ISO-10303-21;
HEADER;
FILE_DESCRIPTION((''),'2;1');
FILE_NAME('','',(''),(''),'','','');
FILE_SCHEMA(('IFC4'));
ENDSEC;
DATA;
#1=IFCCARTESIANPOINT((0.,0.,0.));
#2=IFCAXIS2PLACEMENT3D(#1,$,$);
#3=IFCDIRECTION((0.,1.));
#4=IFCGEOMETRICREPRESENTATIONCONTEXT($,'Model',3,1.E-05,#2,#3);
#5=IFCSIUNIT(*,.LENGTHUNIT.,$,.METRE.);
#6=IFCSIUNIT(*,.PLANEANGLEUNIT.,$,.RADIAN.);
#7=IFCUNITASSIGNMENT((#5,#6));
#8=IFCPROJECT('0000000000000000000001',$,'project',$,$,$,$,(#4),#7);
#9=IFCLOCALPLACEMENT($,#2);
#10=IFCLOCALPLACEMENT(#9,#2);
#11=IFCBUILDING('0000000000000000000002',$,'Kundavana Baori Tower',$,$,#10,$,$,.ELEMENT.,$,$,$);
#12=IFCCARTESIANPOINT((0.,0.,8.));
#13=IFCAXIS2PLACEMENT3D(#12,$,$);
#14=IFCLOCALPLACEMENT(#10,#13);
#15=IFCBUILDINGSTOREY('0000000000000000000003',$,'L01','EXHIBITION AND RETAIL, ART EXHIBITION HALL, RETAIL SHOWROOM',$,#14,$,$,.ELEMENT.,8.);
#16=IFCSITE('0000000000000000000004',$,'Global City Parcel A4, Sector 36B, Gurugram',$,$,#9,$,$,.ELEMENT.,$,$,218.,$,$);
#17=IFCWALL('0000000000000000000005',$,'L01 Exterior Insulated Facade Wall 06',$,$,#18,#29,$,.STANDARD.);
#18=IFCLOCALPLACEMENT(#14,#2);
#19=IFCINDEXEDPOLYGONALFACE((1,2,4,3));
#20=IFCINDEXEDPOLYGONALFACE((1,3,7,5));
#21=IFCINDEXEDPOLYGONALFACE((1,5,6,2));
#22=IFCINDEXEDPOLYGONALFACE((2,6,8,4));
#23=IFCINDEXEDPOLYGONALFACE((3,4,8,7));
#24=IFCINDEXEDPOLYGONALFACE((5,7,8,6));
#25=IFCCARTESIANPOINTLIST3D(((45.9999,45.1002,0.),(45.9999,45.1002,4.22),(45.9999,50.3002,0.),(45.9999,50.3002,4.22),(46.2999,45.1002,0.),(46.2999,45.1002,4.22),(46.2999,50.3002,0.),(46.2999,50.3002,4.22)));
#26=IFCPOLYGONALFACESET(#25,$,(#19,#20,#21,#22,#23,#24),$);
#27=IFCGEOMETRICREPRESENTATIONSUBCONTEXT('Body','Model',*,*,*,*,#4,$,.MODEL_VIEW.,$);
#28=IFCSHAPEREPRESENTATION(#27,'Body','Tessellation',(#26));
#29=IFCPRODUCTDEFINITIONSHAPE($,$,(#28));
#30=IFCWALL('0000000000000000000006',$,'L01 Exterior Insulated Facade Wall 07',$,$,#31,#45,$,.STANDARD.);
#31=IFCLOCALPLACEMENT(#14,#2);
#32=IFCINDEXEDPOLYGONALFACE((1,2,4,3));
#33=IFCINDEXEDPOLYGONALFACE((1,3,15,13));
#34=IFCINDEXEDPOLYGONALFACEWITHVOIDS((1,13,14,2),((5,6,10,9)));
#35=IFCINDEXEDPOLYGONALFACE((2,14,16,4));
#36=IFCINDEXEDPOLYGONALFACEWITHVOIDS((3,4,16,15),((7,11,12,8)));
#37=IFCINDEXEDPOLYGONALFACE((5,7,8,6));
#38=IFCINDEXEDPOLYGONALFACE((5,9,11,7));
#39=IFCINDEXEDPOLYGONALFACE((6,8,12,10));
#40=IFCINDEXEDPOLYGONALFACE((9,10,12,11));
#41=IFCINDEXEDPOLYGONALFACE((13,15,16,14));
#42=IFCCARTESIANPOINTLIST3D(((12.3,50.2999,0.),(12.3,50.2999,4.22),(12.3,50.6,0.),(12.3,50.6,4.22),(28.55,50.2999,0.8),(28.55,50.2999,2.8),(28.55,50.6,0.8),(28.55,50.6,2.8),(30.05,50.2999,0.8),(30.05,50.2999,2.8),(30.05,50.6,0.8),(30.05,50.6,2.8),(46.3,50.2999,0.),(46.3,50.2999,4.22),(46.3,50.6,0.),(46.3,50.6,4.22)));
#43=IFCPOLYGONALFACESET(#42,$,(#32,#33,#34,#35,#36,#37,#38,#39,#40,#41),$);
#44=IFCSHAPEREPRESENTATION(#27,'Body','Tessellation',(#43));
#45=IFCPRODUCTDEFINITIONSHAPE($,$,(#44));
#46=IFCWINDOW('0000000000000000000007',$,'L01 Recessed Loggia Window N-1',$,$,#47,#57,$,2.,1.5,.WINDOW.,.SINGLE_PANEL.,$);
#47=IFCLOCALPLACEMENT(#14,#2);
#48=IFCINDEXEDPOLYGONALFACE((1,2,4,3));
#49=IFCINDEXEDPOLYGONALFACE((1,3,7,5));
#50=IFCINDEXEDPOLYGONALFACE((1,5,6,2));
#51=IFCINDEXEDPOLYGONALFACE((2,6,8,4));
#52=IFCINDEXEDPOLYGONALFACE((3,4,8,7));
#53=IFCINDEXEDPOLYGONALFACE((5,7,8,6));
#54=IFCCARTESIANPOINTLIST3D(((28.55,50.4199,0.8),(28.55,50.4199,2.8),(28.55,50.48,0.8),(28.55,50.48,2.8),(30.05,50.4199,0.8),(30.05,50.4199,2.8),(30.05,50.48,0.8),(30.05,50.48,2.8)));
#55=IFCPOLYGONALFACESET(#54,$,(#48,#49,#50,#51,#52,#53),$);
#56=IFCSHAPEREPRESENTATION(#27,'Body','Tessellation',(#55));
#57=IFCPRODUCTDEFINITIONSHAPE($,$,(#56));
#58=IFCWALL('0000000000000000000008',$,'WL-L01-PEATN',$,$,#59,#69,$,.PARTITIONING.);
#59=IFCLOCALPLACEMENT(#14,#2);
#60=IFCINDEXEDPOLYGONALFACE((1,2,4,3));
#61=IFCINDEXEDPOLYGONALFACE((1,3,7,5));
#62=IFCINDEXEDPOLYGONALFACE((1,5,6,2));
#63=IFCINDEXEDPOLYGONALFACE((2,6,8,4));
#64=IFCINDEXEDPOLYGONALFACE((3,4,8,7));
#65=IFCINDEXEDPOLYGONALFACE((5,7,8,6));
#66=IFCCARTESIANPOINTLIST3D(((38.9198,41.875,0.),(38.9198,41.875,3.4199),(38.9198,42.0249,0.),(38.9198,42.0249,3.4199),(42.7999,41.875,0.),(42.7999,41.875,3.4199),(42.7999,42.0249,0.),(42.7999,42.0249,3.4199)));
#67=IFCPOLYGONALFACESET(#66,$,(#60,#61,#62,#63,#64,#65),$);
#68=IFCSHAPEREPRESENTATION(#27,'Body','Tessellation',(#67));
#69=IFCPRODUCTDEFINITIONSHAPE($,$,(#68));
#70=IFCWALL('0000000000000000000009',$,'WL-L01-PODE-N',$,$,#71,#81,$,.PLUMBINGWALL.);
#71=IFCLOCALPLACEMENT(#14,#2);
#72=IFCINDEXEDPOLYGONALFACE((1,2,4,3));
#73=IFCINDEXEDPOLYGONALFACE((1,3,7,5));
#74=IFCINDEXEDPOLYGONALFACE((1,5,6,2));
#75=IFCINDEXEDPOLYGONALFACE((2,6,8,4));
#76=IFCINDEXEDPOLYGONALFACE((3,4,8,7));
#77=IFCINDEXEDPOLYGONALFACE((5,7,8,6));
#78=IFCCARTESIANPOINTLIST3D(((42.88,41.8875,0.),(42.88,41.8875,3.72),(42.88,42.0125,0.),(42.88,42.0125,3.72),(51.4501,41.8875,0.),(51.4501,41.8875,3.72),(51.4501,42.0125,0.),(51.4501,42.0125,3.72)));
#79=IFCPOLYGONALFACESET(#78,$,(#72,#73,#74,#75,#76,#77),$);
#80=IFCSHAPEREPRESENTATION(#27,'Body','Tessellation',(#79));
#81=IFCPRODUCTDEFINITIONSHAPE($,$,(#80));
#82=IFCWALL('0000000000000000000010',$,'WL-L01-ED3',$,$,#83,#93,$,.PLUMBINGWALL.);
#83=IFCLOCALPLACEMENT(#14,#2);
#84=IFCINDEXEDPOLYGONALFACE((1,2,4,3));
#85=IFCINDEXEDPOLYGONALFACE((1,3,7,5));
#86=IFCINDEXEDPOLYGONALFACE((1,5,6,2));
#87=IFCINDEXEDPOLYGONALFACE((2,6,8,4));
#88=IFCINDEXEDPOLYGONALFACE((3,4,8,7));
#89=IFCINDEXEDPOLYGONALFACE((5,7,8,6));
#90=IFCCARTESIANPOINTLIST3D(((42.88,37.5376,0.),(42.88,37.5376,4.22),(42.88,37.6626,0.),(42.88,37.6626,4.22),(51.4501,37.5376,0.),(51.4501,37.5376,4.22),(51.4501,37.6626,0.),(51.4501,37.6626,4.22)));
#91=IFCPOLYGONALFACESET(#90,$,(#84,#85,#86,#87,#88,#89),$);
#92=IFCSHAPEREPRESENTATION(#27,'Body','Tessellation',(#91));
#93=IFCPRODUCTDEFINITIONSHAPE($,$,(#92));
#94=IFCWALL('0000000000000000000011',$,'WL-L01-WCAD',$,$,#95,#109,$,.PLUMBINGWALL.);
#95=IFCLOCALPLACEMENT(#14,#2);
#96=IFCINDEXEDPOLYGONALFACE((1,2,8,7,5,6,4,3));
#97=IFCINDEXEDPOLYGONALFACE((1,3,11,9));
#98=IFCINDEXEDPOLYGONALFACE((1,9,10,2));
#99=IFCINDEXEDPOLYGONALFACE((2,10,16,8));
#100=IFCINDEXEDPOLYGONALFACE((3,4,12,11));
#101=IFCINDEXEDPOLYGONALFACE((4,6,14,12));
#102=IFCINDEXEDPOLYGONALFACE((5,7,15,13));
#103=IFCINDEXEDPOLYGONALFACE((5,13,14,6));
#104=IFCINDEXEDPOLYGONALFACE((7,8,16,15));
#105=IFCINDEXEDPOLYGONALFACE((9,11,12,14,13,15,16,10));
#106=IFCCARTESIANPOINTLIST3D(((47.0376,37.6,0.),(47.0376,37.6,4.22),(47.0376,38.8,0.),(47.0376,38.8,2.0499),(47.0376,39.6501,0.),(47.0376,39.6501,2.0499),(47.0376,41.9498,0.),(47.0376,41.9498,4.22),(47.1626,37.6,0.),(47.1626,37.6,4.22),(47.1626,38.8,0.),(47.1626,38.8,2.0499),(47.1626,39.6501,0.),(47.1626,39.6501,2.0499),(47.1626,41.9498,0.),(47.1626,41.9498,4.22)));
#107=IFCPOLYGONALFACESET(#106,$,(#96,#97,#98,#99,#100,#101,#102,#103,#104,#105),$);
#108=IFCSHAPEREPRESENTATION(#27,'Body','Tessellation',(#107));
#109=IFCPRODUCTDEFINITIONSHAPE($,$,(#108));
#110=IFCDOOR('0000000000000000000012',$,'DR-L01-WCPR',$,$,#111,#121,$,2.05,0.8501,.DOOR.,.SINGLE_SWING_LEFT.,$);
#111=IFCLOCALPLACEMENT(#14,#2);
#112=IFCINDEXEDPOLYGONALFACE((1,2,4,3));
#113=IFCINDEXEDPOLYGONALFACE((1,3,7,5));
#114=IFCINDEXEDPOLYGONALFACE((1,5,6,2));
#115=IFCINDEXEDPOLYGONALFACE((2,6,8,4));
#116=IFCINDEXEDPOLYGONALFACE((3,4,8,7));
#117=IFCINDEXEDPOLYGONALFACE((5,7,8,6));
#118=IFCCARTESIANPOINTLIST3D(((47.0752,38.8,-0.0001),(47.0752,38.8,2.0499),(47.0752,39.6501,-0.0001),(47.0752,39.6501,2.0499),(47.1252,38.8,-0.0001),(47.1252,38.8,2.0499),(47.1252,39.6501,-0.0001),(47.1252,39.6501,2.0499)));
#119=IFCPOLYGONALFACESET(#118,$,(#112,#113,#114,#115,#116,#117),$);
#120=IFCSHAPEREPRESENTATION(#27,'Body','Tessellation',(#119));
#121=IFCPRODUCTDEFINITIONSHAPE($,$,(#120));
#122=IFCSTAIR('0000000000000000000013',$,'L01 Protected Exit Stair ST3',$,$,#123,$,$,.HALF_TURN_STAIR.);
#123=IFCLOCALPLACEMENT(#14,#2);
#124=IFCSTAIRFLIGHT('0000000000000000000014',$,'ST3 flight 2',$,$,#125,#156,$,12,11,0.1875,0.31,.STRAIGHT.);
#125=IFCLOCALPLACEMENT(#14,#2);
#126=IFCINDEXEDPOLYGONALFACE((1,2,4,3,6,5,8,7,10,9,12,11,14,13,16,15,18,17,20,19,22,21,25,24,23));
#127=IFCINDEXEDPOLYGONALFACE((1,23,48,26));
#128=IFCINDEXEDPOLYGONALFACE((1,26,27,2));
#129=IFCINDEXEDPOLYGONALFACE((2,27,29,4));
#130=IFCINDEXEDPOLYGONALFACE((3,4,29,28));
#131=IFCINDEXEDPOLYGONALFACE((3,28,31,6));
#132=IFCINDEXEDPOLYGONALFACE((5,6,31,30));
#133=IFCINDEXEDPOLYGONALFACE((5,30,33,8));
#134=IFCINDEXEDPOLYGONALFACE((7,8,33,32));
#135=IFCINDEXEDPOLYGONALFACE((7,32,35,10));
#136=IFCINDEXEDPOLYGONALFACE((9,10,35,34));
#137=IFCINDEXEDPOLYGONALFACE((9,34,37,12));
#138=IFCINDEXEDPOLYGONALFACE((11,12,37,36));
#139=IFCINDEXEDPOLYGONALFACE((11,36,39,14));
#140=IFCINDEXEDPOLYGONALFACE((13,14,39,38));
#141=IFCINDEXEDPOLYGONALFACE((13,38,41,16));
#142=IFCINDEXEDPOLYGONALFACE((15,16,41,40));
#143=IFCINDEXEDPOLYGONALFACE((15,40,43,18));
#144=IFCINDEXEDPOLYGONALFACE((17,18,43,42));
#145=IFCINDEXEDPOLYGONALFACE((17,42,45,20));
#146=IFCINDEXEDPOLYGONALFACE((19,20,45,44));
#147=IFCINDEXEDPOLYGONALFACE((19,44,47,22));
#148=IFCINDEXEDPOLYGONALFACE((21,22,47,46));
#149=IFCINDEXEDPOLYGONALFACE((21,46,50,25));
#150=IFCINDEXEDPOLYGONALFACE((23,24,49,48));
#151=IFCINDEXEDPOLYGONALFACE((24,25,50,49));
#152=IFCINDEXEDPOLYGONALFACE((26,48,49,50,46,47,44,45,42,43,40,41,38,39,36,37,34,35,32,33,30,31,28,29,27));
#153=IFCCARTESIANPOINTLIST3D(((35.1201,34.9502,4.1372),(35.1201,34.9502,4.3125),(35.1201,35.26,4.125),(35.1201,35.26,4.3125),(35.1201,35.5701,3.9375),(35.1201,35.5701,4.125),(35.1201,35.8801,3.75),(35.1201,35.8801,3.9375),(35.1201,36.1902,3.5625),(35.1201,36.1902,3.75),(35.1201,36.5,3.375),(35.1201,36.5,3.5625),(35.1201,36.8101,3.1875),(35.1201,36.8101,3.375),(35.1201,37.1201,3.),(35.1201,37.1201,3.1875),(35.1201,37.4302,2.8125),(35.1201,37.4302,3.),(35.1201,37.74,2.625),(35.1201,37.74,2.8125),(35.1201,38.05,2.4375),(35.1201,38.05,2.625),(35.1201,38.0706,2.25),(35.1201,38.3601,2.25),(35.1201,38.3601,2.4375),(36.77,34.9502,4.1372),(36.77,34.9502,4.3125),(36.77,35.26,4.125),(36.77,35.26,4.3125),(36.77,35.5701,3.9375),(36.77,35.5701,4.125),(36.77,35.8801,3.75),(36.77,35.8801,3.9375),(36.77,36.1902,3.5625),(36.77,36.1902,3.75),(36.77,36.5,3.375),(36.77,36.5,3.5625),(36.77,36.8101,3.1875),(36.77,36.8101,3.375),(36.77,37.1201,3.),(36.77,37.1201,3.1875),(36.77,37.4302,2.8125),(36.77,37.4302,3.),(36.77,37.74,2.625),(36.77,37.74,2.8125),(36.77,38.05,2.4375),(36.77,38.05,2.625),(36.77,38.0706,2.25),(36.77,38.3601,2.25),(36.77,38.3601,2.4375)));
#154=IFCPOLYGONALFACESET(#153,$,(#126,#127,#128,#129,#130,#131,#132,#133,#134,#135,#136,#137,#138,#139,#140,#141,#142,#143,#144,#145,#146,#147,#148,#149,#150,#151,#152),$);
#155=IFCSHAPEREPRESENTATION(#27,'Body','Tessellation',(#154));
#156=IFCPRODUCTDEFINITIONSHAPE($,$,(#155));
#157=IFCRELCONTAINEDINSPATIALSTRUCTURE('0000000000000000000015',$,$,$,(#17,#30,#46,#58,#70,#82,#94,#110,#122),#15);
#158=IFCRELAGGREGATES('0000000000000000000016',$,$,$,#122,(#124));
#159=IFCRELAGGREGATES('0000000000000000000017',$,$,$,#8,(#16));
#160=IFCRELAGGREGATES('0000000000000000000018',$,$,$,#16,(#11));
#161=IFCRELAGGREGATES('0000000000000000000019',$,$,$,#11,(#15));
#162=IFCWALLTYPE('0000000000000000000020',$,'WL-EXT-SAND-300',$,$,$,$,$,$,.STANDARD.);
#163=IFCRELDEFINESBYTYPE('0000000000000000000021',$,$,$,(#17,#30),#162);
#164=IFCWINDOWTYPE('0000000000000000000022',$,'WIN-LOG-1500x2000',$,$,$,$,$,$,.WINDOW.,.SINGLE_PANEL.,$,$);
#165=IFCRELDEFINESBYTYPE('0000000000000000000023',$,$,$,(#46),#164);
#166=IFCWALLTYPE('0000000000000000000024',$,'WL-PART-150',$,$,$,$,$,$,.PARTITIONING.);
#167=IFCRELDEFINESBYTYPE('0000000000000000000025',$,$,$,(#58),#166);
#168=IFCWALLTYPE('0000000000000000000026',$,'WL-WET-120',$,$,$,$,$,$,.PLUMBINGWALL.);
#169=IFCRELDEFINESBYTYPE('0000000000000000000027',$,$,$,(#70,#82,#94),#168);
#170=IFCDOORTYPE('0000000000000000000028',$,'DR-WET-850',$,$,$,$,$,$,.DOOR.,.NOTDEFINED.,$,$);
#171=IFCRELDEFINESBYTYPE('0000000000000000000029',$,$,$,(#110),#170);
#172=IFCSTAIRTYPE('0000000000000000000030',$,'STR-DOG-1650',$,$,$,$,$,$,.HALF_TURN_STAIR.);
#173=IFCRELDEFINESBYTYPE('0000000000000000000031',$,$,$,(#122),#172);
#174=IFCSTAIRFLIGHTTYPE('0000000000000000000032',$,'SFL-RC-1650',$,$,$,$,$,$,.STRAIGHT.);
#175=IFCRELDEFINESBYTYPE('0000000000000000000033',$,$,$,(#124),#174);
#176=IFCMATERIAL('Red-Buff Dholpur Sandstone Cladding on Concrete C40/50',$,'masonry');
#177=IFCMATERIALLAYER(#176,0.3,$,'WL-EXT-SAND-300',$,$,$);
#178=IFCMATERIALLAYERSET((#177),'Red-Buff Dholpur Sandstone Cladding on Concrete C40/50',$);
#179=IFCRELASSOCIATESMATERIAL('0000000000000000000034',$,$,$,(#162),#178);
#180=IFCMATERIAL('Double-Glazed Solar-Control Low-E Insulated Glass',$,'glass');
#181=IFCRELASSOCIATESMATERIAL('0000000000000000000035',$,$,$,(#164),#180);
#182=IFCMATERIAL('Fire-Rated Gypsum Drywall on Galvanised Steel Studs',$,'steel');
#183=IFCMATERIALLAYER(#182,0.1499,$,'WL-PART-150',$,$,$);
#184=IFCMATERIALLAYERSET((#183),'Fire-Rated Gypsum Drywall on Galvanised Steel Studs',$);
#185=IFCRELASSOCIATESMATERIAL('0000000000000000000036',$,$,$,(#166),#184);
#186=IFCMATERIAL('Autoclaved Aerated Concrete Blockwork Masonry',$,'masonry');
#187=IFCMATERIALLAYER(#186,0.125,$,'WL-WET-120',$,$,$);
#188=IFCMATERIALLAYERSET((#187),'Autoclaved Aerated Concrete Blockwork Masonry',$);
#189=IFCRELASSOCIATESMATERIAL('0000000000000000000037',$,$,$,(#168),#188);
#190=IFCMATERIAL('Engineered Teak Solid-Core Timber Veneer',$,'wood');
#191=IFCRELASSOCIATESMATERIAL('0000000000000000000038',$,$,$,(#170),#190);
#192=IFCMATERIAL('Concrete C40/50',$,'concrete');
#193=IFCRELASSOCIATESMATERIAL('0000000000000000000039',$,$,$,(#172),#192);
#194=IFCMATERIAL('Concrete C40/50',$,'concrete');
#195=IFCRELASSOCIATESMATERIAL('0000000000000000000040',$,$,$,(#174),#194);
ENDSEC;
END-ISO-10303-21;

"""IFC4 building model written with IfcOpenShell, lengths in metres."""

from ifc_helpers import new_model, si_unit, direction, frame, frame_2d, origin, place, context, subcontext, project, spatial, polyline, rectangle, outline, extrude, material, layer, layer_set, type_object, element, fill, aggregate, save


model = new_model("IFC4")

# Units and contexts
model_context = context("Model", 3, precision=1e-05, world=origin(), true_north=direction((0.0, 1.0)))
body_context = subcontext(model_context, "Body", "Model", "MODEL_VIEW")
ifc_project = project(units=[si_unit("LENGTHUNIT", "METRE"), si_unit("PLANEANGLEUNIT", "RADIAN")], contexts=[model_context])

# Site, building, storey
site_placement = place(None, origin())
site = spatial("IfcSite", under=ifc_project, at=site_placement, Name="Global City Parcel A4, Sector 36B, Gurugram", CompositionType="ELEMENT", RefElevation=218.0)
building_placement = place(site_placement, origin())
building = spatial("IfcBuilding", under=site, at=building_placement, Name="Kundavana Baori Tower", CompositionType="ELEMENT")
storey_placement = place(building_placement, frame((0.0, 0.0, 8.0)))
storey = spatial("IfcBuildingStorey", under=building, at=storey_placement, Name="L01", Description="EXHIBITION AND RETAIL, ART EXHIBITION HALL, RETAIL SHOWROOM", CompositionType="ELEMENT", Elevation=8.0)

# Wall
ifc_material_1 = material(Name="Red-Buff Dholpur Sandstone Cladding on Concrete C40/50", Category="masonry")
ifc_layer_1 = layer(ifc_material_1, 0.3, Name="WL-EXT-SAND-300")
ifc_layer_set_1 = layer_set([ifc_layer_1], Name="Red-Buff Dholpur Sandstone Cladding on Concrete C40/50")
wall_type_1 = type_object("IfcWallType", Name="WL-EXT-SAND-300", PredefinedType="STANDARD", material=ifc_layer_set_1)
wall_1_placement = place(storey_placement, frame((46.1499, 45.1001, 0.0), z_axis=(0.0, 0.0, 1.0), x_axis=(0.0, 1.0, 0.0)))
element("IfcWall", 1, at=wall_1_placement, inside=storey, type_object=wall_type_1, Name="L01 Exterior Insulated Facade Wall 06", PredefinedType="STANDARD", context=body_context, shape_type="SweptSolid", body=[
    extrude(rectangle(XDim=5.2, YDim=0.3, at=frame_2d((2.6001, 0.0))), origin(), (0.0, 0.0, 1.0), 4.22),
])

# Wall, opening, window
wall_2_placement = place(storey_placement, frame((46.3, 50.45, 0.0), z_axis=(0.0, 0.0, 1.0), x_axis=(-1.0, 0.0, 0.0)))
wall_2 = element("IfcWall", 2, at=wall_2_placement, inside=storey, type_object=wall_type_1, Name="L01 Exterior Insulated Facade Wall 07", PredefinedType="STANDARD", context=body_context, shape_type="SweptSolid", body=[
    extrude(rectangle(XDim=34.0, YDim=0.3, at=frame_2d((17.0, 0.0))), origin(), (0.0, 0.0, 1.0), 4.22),
])
opening_1_placement = place(wall_2_placement, frame((16.25, 0.0, 0.8)))
opening_1 = element("IfcOpeningElement", 3, at=opening_1_placement, cuts=wall_2, PredefinedType="OPENING", context=body_context, shape_type="SweptSolid", body=[
    extrude(rectangle(XDim=1.5, YDim=2.0, at=frame_2d((0.75, 1.0))), frame((0.0, 0.1602, 0.0), z_axis=(0.0, -1.0, 0.0), x_axis=(1.0, 0.0, 0.0)), (0.0, 0.0, 1.0), 0.3201),
])
ifc_material_2 = material(Name="Double-Glazed Solar-Control Low-E Insulated Glass", Category="glass")
window_type = type_object("IfcWindowType", Name="WIN-LOG-1500x2000", PartitioningType="SINGLE_PANEL", PredefinedType="WINDOW", material=ifc_material_2)
window_placement = place(opening_1_placement, origin())
window = element("IfcWindow", 4, at=window_placement, inside=storey, type_object=window_type, Name="L01 Recessed Loggia Window N-1", OverallHeight=2.0, OverallWidth=1.5, PartitioningType="SINGLE_PANEL", PredefinedType="WINDOW", context=body_context, shape_type="SweptSolid", body=[
    extrude(rectangle(XDim=1.5, YDim=2.0, at=frame_2d((0.75, 1.0))), frame((0.0, 0.03, 0.0), z_axis=(0.0, -1.0, 0.0), x_axis=(1.0, 0.0, 0.0)), (0.0, 0.0, 1.0), 0.0601),
])
fill(opening_1, window)

# Walls
ifc_material_3 = material(Name="Fire-Rated Gypsum Drywall on Galvanised Steel Studs", Category="steel")
ifc_layer_2 = layer(ifc_material_3, 0.1499, Name="WL-PART-150")
ifc_layer_set_2 = layer_set([ifc_layer_2], Name="Fire-Rated Gypsum Drywall on Galvanised Steel Studs")
wall_type_2 = type_object("IfcWallType", Name="WL-PART-150", PredefinedType="PARTITIONING", material=ifc_layer_set_2)
wall_3_placement = place(storey_placement, frame((38.9199, 41.95, 0.0), z_axis=(0.0, 0.0, 1.0), x_axis=(1.0, 0.0, 0.0)))
element("IfcWall", 5, at=wall_3_placement, inside=storey, type_object=wall_type_2, Name="WL-L01-PEATN", PredefinedType="PARTITIONING", context=body_context, shape_type="SweptSolid", body=[
    extrude(rectangle(XDim=3.8801, YDim=0.1499, at=frame_2d((1.9399, 0.0))), origin(), (0.0, 0.0, 1.0), 3.4199),
])
ifc_material_4 = material(Name="Autoclaved Aerated Concrete Blockwork Masonry", Category="masonry")
ifc_layer_3 = layer(ifc_material_4, 0.125, Name="WL-WET-120")
ifc_layer_set_3 = layer_set([ifc_layer_3], Name="Autoclaved Aerated Concrete Blockwork Masonry")
wall_type_3 = type_object("IfcWallType", Name="WL-WET-120", PredefinedType="PLUMBINGWALL", material=ifc_layer_set_3)
wall_4_placement = place(storey_placement, frame((42.8799, 41.95, 0.0), z_axis=(0.0, 0.0, 1.0), x_axis=(1.0, 0.0, 0.0)))
element("IfcWall", 6, at=wall_4_placement, inside=storey, type_object=wall_type_3, Name="WL-L01-PODE-N", PredefinedType="PLUMBINGWALL", context=body_context, shape_type="SweptSolid", body=[
    extrude(rectangle(XDim=8.5701, YDim=0.125, at=frame_2d((4.2852, 0.0))), origin(), (0.0, 0.0, 1.0), 3.72),
])
wall_5_placement = place(storey_placement, frame((42.8799, 37.6001, 0.0), z_axis=(0.0, 0.0, 1.0), x_axis=(1.0, 0.0, 0.0)))
element("IfcWall", 7, at=wall_5_placement, inside=storey, type_object=wall_type_3, Name="WL-L01-ED3", PredefinedType="PLUMBINGWALL", context=body_context, shape_type="SweptSolid", body=[
    extrude(rectangle(XDim=8.5701, YDim=0.125, at=frame_2d((4.2852, 0.0))), origin(), (0.0, 0.0, 1.0), 4.22),
])

# Wall, opening, door
wall_6_placement = place(storey_placement, frame((47.1001, 37.6001, 0.0), z_axis=(0.0, 0.0, 1.0), x_axis=(0.0, 1.0, 0.0)))
wall_6 = element("IfcWall", 8, at=wall_6_placement, inside=storey, type_object=wall_type_3, Name="WL-L01-WCAD", PredefinedType="PLUMBINGWALL", context=body_context, shape_type="SweptSolid", body=[
    extrude(rectangle(XDim=4.3499, YDim=0.125, at=frame_2d((2.1748, 0.0))), origin(), (0.0, 0.0, 1.0), 4.22),
])
opening_2_placement = place(wall_6_placement, frame((1.2, 0.0, 0.0)))
opening_2 = element("IfcOpeningElement", 9, at=opening_2_placement, cuts=wall_6, PredefinedType="OPENING", context=body_context, shape_type="SweptSolid", body=[
    extrude(rectangle(XDim=0.8501, YDim=2.05, at=frame_2d((0.425, 1.0249))), frame((0.0, 0.0725, 0.0), z_axis=(0.0, -1.0, 0.0), x_axis=(1.0, 0.0, 0.0)), (0.0, 0.0, 1.0), 0.145),
])
ifc_material_5 = material(Name="Engineered Teak Solid-Core Timber Veneer", Category="wood")
door_type = type_object("IfcDoorType", Name="DR-WET-850", OperationType="NOTDEFINED", PredefinedType="DOOR", material=ifc_material_5)
door_placement = place(opening_2_placement, origin())
door = element("IfcDoor", 10, at=door_placement, inside=storey, type_object=door_type, Name="DR-L01-WCPR", OperationType="SINGLE_SWING_LEFT", OverallHeight=2.05, OverallWidth=0.8501, PredefinedType="DOOR", context=body_context, shape_type="SweptSolid", body=[
    extrude(rectangle(XDim=0.8501, YDim=2.05, at=frame_2d((0.425, 1.0249))), frame((0.0, 0.0249, 0.0), z_axis=(0.0, -1.0, 0.0), x_axis=(1.0, 0.0, 0.0)), (0.0, 0.0, 1.0), 0.05),
])
fill(opening_2, door)

# Stair, stair flight
ifc_material_6 = material(Name="Concrete C40/50", Category="concrete")
stair_type = type_object("IfcStairType", Name="STR-DOG-1650", PredefinedType="HALF_TURN_STAIR", material=ifc_material_6)
stair_placement = place(storey_placement, origin())
stair = element("IfcStair", 11, at=stair_placement, inside=storey, type_object=stair_type, Name="L01 Protected Exit Stair ST3", PredefinedType="HALF_TURN_STAIR")
ifc_material_7 = material(Name="Concrete C40/50", Category="concrete")
stair_flight_type = type_object("IfcStairFlightType", Name="SFL-RC-1650", PredefinedType="STRAIGHT", material=ifc_material_7)
stair_flight_placement = place(storey_placement, frame((35.9451, 38.3601, 2.25), z_axis=(0.0, 0.0, 1.0), x_axis=(0.0, -1.0, 0.0)))
stair_flight = element("IfcStairFlight", 12, at=stair_flight_placement, type_object=stair_flight_type, Name="ST3 flight 2", NumberOfRisers=12, NumberOfTreads=11, PredefinedType="STRAIGHT", RiserHeight=0.1875, TreadLength=0.31, context=body_context, shape_type="SweptSolid", body=[
    extrude(outline(polyline([(0.0, 0.0), (0.0, 0.1875), (0.3101, 0.1875), (0.3101, 0.375), (0.6201, 0.375), (0.6201, 0.5625), (0.9299, 0.5625), (0.9299, 0.75), (1.24, 0.75), (1.24, 0.9375), (1.55, 0.9375), (1.55, 1.125), (1.8601, 1.125), (1.8601, 1.3125), (2.1699, 1.3125), (2.1699, 1.5), (2.48, 1.5), (2.48, 1.6875), (2.79, 1.6875), (2.79, 1.875), (3.1001, 1.875), (3.1001, 2.0625), (3.4099, 2.0625), (3.4099, 2.25), (3.4099, 1.8872), (0.2896, 0.0), (0.0, 0.0)])), frame((0.0, 0.825, 0.0), z_axis=(0.0, -1.0, 0.0), x_axis=(1.0, 0.0, 0.0)), (0.0, 0.0, 1.0), 1.6499),
])
aggregate(stair, [stair_flight])

save(model, "model.ifc")
